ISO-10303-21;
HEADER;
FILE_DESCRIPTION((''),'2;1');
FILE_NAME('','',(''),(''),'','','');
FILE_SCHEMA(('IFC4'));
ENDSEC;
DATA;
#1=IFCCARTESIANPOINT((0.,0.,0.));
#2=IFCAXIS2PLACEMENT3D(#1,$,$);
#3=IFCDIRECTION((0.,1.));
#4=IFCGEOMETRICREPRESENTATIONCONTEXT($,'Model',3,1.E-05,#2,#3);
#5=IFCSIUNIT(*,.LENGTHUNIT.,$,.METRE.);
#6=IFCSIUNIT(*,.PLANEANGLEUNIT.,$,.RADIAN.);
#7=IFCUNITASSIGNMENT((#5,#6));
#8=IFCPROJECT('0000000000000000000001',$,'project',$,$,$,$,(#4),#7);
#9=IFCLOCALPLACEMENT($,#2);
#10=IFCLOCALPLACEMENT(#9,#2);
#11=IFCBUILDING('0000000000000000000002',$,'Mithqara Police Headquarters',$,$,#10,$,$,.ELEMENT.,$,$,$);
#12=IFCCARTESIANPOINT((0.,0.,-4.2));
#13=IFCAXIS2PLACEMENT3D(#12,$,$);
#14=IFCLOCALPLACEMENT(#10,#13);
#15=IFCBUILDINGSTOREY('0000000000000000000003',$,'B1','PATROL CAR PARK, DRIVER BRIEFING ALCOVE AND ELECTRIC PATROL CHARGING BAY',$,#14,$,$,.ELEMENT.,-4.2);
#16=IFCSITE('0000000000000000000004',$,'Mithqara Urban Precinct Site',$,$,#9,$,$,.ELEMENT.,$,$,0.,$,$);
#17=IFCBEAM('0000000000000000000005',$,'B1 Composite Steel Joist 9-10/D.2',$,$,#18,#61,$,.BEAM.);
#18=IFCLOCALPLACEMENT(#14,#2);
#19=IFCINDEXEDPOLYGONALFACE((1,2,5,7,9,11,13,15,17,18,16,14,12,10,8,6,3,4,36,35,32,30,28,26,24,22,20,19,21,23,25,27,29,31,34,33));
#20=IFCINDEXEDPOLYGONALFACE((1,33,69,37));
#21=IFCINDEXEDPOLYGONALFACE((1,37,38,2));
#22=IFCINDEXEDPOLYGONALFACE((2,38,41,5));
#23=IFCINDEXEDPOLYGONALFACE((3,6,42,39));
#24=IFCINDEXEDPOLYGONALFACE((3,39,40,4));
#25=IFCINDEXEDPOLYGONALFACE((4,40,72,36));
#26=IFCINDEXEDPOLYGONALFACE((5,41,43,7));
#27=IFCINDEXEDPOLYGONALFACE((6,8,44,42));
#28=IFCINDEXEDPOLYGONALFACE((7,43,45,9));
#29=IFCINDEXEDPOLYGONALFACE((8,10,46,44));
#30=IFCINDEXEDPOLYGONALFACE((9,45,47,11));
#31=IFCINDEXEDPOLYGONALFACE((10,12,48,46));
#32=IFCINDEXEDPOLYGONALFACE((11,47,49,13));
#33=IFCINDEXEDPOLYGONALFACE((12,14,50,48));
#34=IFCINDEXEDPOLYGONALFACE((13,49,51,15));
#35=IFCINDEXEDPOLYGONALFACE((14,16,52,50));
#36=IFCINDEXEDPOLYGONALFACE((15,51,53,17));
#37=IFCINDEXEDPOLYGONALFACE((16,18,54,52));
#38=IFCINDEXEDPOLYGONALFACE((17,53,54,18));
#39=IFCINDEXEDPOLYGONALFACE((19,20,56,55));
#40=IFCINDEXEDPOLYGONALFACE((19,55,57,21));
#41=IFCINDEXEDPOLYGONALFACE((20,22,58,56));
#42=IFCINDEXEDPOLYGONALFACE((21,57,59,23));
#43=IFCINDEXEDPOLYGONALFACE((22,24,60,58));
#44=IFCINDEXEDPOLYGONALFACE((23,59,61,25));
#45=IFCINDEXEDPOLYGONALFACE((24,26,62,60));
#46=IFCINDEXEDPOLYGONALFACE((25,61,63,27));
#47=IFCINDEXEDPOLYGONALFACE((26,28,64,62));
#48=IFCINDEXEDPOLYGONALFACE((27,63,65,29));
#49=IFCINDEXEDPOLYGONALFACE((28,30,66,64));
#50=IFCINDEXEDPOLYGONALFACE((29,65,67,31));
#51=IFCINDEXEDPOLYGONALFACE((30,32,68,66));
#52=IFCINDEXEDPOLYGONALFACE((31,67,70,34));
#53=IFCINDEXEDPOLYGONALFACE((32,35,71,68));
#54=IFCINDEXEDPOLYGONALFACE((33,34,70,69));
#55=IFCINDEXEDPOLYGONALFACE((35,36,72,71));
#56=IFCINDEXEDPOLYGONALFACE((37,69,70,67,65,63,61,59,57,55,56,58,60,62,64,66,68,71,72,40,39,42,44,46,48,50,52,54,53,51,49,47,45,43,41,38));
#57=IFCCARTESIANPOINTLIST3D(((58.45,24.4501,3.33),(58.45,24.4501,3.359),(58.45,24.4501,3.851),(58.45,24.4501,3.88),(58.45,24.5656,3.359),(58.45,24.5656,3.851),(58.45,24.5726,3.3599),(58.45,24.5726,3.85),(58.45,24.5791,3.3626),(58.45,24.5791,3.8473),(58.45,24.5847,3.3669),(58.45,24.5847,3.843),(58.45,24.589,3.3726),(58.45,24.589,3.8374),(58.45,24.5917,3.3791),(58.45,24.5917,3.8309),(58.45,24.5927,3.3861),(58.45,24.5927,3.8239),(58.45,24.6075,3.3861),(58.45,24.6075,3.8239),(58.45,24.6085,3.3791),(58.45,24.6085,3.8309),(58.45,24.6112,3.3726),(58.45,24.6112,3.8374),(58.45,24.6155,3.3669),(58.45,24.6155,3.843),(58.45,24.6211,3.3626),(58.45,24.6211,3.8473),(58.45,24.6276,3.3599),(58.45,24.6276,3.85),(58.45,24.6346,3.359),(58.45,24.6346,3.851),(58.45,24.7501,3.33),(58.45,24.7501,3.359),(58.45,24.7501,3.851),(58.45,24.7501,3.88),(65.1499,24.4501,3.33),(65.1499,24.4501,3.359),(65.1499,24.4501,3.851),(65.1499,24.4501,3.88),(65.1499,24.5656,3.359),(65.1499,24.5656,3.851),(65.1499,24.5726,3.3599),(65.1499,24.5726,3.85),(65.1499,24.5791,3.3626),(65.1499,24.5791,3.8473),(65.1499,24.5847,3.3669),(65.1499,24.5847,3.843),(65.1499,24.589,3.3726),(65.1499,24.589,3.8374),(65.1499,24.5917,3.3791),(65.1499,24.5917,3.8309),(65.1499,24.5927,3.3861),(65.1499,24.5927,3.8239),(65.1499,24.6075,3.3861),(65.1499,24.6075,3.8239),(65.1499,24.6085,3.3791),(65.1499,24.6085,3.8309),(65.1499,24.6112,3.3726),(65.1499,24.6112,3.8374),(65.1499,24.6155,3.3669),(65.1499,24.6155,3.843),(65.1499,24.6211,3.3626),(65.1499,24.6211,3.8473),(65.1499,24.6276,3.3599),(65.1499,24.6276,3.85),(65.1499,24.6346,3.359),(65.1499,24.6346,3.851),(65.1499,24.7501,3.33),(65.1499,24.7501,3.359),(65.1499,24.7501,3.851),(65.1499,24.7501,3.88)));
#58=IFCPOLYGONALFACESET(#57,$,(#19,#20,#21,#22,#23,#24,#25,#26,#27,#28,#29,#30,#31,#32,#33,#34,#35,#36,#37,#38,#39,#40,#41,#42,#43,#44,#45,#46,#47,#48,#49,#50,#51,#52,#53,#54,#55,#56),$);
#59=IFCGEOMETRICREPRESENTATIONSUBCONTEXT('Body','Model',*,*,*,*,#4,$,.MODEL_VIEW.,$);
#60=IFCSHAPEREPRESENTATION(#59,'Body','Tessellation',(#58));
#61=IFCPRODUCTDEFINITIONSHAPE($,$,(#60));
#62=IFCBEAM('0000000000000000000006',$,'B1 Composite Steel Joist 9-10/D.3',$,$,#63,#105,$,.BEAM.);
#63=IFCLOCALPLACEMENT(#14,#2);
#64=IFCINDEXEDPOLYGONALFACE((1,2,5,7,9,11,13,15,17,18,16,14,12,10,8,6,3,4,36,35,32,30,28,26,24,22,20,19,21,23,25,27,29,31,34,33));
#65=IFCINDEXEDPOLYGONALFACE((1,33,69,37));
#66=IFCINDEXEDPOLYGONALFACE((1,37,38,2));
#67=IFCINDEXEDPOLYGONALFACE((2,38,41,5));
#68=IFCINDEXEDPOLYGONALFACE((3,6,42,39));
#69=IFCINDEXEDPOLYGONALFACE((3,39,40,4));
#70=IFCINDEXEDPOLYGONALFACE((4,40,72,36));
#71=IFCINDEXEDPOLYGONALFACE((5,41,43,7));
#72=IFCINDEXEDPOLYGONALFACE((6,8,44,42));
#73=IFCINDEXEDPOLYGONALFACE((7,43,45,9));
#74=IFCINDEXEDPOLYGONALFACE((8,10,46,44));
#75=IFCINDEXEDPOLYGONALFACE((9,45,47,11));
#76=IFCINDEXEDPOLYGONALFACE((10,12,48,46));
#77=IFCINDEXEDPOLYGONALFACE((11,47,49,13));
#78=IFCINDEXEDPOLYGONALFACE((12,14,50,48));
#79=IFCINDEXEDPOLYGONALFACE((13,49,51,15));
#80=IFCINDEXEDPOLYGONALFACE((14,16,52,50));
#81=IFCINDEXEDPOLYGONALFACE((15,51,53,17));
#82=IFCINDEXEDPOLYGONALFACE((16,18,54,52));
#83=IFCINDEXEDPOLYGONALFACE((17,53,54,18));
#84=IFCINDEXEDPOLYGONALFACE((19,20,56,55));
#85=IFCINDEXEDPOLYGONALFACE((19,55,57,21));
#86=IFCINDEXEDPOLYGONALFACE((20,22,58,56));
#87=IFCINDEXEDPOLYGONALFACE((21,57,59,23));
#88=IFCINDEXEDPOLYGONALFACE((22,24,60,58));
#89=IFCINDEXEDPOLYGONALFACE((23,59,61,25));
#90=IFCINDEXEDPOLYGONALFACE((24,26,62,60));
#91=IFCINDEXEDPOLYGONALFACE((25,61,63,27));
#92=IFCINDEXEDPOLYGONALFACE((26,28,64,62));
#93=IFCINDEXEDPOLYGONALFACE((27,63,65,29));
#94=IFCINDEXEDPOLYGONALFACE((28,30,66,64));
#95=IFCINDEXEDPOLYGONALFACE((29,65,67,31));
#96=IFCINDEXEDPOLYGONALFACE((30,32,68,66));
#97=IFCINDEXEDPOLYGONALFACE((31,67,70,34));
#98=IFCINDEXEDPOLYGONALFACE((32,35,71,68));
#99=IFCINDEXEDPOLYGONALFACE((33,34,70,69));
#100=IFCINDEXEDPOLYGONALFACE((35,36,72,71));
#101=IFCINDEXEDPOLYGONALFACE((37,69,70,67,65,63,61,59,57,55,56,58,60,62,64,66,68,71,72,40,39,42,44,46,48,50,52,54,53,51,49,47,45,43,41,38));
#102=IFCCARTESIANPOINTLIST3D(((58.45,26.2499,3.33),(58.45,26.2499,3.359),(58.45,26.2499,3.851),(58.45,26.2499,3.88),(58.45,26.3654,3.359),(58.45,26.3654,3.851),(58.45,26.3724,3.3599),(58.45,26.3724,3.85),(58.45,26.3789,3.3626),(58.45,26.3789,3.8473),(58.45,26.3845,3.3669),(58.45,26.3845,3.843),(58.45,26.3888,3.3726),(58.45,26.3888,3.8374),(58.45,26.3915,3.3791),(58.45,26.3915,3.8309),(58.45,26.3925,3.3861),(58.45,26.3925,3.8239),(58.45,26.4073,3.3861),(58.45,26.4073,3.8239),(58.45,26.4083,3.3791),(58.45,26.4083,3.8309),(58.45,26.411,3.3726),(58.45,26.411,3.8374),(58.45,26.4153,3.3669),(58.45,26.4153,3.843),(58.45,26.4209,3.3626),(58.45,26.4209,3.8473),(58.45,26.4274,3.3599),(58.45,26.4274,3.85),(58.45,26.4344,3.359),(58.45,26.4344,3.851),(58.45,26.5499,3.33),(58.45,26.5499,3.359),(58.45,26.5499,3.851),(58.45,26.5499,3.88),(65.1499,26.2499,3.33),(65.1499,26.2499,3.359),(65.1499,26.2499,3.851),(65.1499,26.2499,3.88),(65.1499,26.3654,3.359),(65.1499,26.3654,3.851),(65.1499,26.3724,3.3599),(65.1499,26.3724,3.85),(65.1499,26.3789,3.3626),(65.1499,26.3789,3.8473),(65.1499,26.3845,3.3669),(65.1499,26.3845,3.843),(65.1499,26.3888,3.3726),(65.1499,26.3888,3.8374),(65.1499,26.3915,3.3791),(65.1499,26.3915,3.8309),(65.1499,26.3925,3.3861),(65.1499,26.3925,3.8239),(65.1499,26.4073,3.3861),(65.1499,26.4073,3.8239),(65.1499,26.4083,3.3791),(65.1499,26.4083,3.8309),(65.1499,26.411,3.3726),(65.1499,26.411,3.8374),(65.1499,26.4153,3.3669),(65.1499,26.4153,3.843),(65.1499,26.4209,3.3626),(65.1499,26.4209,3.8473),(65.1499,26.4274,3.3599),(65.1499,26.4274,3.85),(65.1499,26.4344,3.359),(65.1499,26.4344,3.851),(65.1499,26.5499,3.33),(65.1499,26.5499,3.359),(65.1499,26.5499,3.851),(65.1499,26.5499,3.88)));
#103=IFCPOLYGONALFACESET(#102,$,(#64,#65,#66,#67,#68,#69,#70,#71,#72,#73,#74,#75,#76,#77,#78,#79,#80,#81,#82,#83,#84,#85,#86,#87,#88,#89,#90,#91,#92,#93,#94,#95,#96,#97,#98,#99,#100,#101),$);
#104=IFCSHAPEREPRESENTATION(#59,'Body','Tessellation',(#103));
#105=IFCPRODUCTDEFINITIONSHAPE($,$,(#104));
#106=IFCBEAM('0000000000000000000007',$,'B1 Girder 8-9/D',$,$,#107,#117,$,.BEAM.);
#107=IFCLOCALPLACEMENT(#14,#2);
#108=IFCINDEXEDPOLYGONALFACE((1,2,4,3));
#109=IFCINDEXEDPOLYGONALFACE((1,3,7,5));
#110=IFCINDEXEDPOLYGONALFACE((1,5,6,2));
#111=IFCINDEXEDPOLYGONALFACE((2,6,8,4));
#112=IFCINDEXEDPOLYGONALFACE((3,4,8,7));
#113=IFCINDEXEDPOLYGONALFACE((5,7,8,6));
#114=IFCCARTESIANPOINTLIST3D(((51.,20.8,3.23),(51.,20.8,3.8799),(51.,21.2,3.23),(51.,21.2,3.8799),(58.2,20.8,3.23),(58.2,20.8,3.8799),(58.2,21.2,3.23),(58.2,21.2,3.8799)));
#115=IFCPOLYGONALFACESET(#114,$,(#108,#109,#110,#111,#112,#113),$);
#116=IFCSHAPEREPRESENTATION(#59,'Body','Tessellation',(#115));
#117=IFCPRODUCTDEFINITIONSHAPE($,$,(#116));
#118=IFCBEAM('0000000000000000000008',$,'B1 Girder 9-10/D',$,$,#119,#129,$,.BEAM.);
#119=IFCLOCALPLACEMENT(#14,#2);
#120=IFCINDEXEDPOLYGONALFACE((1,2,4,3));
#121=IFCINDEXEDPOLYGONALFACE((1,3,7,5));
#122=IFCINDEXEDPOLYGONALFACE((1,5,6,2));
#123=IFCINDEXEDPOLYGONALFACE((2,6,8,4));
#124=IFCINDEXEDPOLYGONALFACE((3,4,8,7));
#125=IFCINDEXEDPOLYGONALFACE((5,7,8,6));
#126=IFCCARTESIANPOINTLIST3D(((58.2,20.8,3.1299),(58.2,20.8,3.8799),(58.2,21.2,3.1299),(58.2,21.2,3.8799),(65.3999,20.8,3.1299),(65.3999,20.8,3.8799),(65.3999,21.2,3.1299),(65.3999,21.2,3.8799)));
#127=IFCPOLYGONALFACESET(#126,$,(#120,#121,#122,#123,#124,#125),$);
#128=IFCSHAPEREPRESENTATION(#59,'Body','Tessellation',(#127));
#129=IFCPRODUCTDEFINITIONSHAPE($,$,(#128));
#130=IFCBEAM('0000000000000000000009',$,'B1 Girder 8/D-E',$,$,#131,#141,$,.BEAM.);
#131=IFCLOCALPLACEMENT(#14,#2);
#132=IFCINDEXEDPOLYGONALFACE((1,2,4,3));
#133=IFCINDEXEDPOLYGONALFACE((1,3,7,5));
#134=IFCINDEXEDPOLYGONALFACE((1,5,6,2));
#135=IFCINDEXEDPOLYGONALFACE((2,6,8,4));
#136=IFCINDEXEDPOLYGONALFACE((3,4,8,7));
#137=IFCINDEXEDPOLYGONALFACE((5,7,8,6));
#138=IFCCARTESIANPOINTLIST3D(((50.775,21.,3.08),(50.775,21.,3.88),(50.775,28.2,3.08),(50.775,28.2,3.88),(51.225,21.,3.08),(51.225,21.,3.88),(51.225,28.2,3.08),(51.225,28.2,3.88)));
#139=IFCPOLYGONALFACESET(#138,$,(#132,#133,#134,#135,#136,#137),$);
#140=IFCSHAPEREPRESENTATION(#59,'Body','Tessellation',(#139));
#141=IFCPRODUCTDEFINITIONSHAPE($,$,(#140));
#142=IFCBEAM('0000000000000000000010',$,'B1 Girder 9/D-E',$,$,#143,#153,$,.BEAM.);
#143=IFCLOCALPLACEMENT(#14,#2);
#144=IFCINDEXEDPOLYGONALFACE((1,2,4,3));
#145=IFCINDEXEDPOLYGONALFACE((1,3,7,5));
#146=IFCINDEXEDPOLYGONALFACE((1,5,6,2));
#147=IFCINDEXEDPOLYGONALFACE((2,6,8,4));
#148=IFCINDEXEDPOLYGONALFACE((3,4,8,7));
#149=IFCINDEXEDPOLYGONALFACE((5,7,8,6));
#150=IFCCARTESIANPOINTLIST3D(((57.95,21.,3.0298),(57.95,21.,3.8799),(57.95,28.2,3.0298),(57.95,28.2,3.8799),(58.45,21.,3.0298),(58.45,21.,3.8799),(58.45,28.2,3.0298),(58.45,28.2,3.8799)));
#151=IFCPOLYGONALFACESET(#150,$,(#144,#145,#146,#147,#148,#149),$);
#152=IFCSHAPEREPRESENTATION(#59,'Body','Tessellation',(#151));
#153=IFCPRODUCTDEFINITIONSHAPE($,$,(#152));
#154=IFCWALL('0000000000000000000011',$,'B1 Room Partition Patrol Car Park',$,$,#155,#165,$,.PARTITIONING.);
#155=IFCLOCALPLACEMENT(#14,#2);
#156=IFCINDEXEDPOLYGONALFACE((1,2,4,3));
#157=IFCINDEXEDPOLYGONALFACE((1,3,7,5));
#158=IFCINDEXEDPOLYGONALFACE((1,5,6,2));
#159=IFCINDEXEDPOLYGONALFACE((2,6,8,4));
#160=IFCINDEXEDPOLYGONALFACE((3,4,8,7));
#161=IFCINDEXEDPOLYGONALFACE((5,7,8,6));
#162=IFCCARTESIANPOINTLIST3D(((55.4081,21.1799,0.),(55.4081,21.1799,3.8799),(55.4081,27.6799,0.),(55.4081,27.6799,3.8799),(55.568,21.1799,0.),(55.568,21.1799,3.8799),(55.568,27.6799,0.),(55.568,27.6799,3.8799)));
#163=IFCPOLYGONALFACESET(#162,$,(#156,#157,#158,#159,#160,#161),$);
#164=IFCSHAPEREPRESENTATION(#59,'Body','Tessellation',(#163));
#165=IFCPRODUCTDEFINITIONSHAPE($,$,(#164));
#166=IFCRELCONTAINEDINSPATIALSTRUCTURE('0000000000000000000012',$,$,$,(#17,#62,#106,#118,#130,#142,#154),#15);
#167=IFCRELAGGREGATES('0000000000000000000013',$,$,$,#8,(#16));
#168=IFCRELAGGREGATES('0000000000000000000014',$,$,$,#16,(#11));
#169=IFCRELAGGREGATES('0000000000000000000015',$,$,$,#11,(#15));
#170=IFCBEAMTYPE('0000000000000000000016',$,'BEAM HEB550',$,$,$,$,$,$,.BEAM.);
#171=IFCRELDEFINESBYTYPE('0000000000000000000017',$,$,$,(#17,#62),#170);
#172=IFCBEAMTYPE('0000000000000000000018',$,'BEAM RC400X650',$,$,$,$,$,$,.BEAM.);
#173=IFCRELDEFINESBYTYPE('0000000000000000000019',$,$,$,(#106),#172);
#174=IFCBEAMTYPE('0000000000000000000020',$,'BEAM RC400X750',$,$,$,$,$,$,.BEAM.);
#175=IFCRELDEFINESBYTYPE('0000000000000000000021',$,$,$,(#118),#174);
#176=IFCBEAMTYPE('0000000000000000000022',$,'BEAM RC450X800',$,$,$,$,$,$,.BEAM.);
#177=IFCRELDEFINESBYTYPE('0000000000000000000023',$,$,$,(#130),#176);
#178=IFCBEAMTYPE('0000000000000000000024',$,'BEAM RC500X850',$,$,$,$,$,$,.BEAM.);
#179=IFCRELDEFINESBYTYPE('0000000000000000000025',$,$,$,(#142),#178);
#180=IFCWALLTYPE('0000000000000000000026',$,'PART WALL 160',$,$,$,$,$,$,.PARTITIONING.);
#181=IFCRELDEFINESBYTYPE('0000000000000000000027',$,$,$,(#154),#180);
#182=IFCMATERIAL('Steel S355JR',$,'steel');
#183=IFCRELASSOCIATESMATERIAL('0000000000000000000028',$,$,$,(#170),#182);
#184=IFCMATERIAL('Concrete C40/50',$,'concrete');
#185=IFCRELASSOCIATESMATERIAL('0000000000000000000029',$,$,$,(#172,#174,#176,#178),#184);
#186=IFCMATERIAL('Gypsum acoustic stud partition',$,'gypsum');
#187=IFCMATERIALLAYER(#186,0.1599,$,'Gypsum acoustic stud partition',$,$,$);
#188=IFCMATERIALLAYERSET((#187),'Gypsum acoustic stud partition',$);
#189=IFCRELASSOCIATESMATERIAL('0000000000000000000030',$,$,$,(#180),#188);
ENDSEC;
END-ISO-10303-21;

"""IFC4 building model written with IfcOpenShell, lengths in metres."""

from ifc_helpers import new_model, si_unit, direction, frame, frame_2d, origin, origin_2d, place, context, subcontext, project, spatial, rectangle, i_section, extrude, material, layer, layer_set, material_profile, profile_set, type_object, element, save


model = new_model("IFC4")

# Units and contexts
model_context = context("Model", 3, precision=1e-05, world=origin(), true_north=direction((0.0, 1.0)))
body_context = subcontext(model_context, "Body", "Model", "MODEL_VIEW")
ifc_project = project(units=[si_unit("LENGTHUNIT", "METRE"), si_unit("PLANEANGLEUNIT", "RADIAN")], contexts=[model_context])

# Site, building, storey
site_placement = place(None, origin())
site = spatial("IfcSite", under=ifc_project, at=site_placement, Name="Mithqara Urban Precinct Site", CompositionType="ELEMENT", RefElevation=0.0)
building_placement = place(site_placement, origin())
building = spatial("IfcBuilding", under=site, at=building_placement, Name="Mithqara Police Headquarters", CompositionType="ELEMENT")
storey_placement = place(building_placement, frame((0.0, 0.0, -4.2)))
storey = spatial("IfcBuildingStorey", under=building, at=storey_placement, Name="B1", Description="PATROL CAR PARK, DRIVER BRIEFING ALCOVE AND ELECTRIC PATROL CHARGING BAY", CompositionType="ELEMENT", Elevation=-4.2)

# Shared definitions
ifc_material_1 = material(Name="Concrete C40/50", Category="concrete")

# Beams
ifc_material_2 = material(Name="Steel S355JR", Category="steel")
ifc_material_profile_1 = material_profile(ifc_material_2, i_section(OverallWidth=0.3, OverallDepth=0.55, WebThickness=0.0149, FlangeThickness=0.0291, FilletRadius=0.0271, at=origin_2d()), Name="HEB 550")
ifc_profile_set_1 = profile_set([ifc_material_profile_1], Name="Steel S355JR")
beam_type_1 = type_object("IfcBeamType", Name="BEAM HEB550", PredefinedType="BEAM", material=ifc_profile_set_1)
for number, where, z_axis, x_axis, name in (
    (1, (58.45, 24.6001, 3.605), (1.0, 0.0, 0.0), (0.0, 1.0, 0.0), "B1 Composite Steel Joist 9-10/D.2"),
    (2, (58.45, 26.3999, 3.605), (1.0, 0.0, 0.0), (0.0, 1.0, 0.0), "B1 Composite Steel Joist 9-10/D.3"),
):
    element("IfcBeam", number, at=place(storey_placement, frame(where, z_axis=z_axis, x_axis=x_axis)), inside=storey, type_object=beam_type_1, Name=name, PredefinedType="BEAM", context=body_context, shape_type="SweptSolid", body=[
        extrude(i_section(OverallWidth=0.3, OverallDepth=0.55, WebThickness=0.0149, FlangeThickness=0.0291, FilletRadius=0.0271, at=origin_2d()), origin(), (0.0, 0.0, 1.0), 6.7),
    ])
ifc_material_profile_2 = material_profile(ifc_material_1, rectangle(XDim=0.3999, YDim=0.6499, at=origin_2d()), Name="RC 400x650")
ifc_profile_set_2 = profile_set([ifc_material_profile_2], Name="Concrete C40/50")
beam_type_2 = type_object("IfcBeamType", Name="BEAM RC400X650", PredefinedType="BEAM", material=ifc_profile_set_2)
beam_1_placement = place(storey_placement, frame((51.0, 21.0, 3.5549), z_axis=(1.0, 0.0, 0.0), x_axis=(0.0, 1.0, 0.0)))
element("IfcBeam", 3, at=beam_1_placement, inside=storey, type_object=beam_type_2, Name="B1 Girder 8-9/D", PredefinedType="BEAM", context=body_context, shape_type="SweptSolid", body=[
    extrude(rectangle(XDim=0.3999, YDim=0.6499, at=origin_2d()), origin(), (0.0, 0.0, 1.0), 7.2),
])
ifc_material_profile_3 = material_profile(ifc_material_1, rectangle(XDim=0.3999, YDim=0.75, at=origin_2d()), Name="RC 400x750")
ifc_profile_set_3 = profile_set([ifc_material_profile_3], Name="Concrete C40/50")
beam_type_3 = type_object("IfcBeamType", Name="BEAM RC400X750", PredefinedType="BEAM", material=ifc_profile_set_3)
beam_2_placement = place(storey_placement, frame((58.2, 21.0, 3.5049), z_axis=(1.0, 0.0, 0.0), x_axis=(0.0, 1.0, 0.0)))
element("IfcBeam", 4, at=beam_2_placement, inside=storey, type_object=beam_type_3, Name="B1 Girder 9-10/D", PredefinedType="BEAM", context=body_context, shape_type="SweptSolid", body=[
    extrude(rectangle(XDim=0.3999, YDim=0.75, at=origin_2d()), origin(), (0.0, 0.0, 1.0), 7.2),
])
ifc_material_profile_4 = material_profile(ifc_material_1, rectangle(XDim=0.45, YDim=0.8, at=origin_2d()), Name="RC 450x800")
ifc_profile_set_4 = profile_set([ifc_material_profile_4], Name="Concrete C40/50")
beam_type_4 = type_object("IfcBeamType", Name="BEAM RC450X800", PredefinedType="BEAM", material=ifc_profile_set_4)
beam_3_placement = place(storey_placement, frame((51.0, 21.0, 3.48), z_axis=(0.0, 1.0, 0.0), x_axis=(-1.0, 0.0, 0.0)))
element("IfcBeam", 5, at=beam_3_placement, inside=storey, type_object=beam_type_4, Name="B1 Girder 8/D-E", PredefinedType="BEAM", context=body_context, shape_type="SweptSolid", body=[
    extrude(rectangle(XDim=0.45, YDim=0.8, at=origin_2d()), origin(), (0.0, 0.0, 1.0), 7.2),
])
ifc_material_profile_5 = material_profile(ifc_material_1, rectangle(XDim=0.5, YDim=0.8501, at=origin_2d()), Name="RC 500x850")
ifc_profile_set_5 = profile_set([ifc_material_profile_5], Name="Concrete C40/50")
beam_type_5 = type_object("IfcBeamType", Name="BEAM RC500X850", PredefinedType="BEAM", material=ifc_profile_set_5)
beam_4_placement = place(storey_placement, frame((58.2, 21.0, 3.4548), z_axis=(0.0, 1.0, 0.0), x_axis=(-1.0, 0.0, 0.0)))
element("IfcBeam", 6, at=beam_4_placement, inside=storey, type_object=beam_type_5, Name="B1 Girder 9/D-E", PredefinedType="BEAM", context=body_context, shape_type="SweptSolid", body=[
    extrude(rectangle(XDim=0.5, YDim=0.8501, at=origin_2d()), origin(), (0.0, 0.0, 1.0), 7.2),
])

# Wall
ifc_material_3 = material(Name="Gypsum acoustic stud partition", Category="gypsum")
ifc_layer = layer(ifc_material_3, 0.1599, Name="Gypsum acoustic stud partition")
ifc_layer_set = layer_set([ifc_layer], Name="Gypsum acoustic stud partition")
wall_type = type_object("IfcWallType", Name="PART WALL 160", PredefinedType="PARTITIONING", material=ifc_layer_set)
wall_placement = place(storey_placement, frame((55.488, 21.1799, 0.0), z_axis=(0.0, 0.0, 1.0), x_axis=(0.0, 1.0, 0.0)))
element("IfcWall", 7, at=wall_placement, inside=storey, type_object=wall_type, Name="B1 Room Partition Patrol Car Park", PredefinedType="PARTITIONING", context=body_context, shape_type="SweptSolid", body=[
    extrude(rectangle(XDim=6.5, YDim=0.1599, at=frame_2d((3.25, 0.0))), origin(), (0.0, 0.0, 1.0), 3.8799),
])

save(model, "model.ifc")
